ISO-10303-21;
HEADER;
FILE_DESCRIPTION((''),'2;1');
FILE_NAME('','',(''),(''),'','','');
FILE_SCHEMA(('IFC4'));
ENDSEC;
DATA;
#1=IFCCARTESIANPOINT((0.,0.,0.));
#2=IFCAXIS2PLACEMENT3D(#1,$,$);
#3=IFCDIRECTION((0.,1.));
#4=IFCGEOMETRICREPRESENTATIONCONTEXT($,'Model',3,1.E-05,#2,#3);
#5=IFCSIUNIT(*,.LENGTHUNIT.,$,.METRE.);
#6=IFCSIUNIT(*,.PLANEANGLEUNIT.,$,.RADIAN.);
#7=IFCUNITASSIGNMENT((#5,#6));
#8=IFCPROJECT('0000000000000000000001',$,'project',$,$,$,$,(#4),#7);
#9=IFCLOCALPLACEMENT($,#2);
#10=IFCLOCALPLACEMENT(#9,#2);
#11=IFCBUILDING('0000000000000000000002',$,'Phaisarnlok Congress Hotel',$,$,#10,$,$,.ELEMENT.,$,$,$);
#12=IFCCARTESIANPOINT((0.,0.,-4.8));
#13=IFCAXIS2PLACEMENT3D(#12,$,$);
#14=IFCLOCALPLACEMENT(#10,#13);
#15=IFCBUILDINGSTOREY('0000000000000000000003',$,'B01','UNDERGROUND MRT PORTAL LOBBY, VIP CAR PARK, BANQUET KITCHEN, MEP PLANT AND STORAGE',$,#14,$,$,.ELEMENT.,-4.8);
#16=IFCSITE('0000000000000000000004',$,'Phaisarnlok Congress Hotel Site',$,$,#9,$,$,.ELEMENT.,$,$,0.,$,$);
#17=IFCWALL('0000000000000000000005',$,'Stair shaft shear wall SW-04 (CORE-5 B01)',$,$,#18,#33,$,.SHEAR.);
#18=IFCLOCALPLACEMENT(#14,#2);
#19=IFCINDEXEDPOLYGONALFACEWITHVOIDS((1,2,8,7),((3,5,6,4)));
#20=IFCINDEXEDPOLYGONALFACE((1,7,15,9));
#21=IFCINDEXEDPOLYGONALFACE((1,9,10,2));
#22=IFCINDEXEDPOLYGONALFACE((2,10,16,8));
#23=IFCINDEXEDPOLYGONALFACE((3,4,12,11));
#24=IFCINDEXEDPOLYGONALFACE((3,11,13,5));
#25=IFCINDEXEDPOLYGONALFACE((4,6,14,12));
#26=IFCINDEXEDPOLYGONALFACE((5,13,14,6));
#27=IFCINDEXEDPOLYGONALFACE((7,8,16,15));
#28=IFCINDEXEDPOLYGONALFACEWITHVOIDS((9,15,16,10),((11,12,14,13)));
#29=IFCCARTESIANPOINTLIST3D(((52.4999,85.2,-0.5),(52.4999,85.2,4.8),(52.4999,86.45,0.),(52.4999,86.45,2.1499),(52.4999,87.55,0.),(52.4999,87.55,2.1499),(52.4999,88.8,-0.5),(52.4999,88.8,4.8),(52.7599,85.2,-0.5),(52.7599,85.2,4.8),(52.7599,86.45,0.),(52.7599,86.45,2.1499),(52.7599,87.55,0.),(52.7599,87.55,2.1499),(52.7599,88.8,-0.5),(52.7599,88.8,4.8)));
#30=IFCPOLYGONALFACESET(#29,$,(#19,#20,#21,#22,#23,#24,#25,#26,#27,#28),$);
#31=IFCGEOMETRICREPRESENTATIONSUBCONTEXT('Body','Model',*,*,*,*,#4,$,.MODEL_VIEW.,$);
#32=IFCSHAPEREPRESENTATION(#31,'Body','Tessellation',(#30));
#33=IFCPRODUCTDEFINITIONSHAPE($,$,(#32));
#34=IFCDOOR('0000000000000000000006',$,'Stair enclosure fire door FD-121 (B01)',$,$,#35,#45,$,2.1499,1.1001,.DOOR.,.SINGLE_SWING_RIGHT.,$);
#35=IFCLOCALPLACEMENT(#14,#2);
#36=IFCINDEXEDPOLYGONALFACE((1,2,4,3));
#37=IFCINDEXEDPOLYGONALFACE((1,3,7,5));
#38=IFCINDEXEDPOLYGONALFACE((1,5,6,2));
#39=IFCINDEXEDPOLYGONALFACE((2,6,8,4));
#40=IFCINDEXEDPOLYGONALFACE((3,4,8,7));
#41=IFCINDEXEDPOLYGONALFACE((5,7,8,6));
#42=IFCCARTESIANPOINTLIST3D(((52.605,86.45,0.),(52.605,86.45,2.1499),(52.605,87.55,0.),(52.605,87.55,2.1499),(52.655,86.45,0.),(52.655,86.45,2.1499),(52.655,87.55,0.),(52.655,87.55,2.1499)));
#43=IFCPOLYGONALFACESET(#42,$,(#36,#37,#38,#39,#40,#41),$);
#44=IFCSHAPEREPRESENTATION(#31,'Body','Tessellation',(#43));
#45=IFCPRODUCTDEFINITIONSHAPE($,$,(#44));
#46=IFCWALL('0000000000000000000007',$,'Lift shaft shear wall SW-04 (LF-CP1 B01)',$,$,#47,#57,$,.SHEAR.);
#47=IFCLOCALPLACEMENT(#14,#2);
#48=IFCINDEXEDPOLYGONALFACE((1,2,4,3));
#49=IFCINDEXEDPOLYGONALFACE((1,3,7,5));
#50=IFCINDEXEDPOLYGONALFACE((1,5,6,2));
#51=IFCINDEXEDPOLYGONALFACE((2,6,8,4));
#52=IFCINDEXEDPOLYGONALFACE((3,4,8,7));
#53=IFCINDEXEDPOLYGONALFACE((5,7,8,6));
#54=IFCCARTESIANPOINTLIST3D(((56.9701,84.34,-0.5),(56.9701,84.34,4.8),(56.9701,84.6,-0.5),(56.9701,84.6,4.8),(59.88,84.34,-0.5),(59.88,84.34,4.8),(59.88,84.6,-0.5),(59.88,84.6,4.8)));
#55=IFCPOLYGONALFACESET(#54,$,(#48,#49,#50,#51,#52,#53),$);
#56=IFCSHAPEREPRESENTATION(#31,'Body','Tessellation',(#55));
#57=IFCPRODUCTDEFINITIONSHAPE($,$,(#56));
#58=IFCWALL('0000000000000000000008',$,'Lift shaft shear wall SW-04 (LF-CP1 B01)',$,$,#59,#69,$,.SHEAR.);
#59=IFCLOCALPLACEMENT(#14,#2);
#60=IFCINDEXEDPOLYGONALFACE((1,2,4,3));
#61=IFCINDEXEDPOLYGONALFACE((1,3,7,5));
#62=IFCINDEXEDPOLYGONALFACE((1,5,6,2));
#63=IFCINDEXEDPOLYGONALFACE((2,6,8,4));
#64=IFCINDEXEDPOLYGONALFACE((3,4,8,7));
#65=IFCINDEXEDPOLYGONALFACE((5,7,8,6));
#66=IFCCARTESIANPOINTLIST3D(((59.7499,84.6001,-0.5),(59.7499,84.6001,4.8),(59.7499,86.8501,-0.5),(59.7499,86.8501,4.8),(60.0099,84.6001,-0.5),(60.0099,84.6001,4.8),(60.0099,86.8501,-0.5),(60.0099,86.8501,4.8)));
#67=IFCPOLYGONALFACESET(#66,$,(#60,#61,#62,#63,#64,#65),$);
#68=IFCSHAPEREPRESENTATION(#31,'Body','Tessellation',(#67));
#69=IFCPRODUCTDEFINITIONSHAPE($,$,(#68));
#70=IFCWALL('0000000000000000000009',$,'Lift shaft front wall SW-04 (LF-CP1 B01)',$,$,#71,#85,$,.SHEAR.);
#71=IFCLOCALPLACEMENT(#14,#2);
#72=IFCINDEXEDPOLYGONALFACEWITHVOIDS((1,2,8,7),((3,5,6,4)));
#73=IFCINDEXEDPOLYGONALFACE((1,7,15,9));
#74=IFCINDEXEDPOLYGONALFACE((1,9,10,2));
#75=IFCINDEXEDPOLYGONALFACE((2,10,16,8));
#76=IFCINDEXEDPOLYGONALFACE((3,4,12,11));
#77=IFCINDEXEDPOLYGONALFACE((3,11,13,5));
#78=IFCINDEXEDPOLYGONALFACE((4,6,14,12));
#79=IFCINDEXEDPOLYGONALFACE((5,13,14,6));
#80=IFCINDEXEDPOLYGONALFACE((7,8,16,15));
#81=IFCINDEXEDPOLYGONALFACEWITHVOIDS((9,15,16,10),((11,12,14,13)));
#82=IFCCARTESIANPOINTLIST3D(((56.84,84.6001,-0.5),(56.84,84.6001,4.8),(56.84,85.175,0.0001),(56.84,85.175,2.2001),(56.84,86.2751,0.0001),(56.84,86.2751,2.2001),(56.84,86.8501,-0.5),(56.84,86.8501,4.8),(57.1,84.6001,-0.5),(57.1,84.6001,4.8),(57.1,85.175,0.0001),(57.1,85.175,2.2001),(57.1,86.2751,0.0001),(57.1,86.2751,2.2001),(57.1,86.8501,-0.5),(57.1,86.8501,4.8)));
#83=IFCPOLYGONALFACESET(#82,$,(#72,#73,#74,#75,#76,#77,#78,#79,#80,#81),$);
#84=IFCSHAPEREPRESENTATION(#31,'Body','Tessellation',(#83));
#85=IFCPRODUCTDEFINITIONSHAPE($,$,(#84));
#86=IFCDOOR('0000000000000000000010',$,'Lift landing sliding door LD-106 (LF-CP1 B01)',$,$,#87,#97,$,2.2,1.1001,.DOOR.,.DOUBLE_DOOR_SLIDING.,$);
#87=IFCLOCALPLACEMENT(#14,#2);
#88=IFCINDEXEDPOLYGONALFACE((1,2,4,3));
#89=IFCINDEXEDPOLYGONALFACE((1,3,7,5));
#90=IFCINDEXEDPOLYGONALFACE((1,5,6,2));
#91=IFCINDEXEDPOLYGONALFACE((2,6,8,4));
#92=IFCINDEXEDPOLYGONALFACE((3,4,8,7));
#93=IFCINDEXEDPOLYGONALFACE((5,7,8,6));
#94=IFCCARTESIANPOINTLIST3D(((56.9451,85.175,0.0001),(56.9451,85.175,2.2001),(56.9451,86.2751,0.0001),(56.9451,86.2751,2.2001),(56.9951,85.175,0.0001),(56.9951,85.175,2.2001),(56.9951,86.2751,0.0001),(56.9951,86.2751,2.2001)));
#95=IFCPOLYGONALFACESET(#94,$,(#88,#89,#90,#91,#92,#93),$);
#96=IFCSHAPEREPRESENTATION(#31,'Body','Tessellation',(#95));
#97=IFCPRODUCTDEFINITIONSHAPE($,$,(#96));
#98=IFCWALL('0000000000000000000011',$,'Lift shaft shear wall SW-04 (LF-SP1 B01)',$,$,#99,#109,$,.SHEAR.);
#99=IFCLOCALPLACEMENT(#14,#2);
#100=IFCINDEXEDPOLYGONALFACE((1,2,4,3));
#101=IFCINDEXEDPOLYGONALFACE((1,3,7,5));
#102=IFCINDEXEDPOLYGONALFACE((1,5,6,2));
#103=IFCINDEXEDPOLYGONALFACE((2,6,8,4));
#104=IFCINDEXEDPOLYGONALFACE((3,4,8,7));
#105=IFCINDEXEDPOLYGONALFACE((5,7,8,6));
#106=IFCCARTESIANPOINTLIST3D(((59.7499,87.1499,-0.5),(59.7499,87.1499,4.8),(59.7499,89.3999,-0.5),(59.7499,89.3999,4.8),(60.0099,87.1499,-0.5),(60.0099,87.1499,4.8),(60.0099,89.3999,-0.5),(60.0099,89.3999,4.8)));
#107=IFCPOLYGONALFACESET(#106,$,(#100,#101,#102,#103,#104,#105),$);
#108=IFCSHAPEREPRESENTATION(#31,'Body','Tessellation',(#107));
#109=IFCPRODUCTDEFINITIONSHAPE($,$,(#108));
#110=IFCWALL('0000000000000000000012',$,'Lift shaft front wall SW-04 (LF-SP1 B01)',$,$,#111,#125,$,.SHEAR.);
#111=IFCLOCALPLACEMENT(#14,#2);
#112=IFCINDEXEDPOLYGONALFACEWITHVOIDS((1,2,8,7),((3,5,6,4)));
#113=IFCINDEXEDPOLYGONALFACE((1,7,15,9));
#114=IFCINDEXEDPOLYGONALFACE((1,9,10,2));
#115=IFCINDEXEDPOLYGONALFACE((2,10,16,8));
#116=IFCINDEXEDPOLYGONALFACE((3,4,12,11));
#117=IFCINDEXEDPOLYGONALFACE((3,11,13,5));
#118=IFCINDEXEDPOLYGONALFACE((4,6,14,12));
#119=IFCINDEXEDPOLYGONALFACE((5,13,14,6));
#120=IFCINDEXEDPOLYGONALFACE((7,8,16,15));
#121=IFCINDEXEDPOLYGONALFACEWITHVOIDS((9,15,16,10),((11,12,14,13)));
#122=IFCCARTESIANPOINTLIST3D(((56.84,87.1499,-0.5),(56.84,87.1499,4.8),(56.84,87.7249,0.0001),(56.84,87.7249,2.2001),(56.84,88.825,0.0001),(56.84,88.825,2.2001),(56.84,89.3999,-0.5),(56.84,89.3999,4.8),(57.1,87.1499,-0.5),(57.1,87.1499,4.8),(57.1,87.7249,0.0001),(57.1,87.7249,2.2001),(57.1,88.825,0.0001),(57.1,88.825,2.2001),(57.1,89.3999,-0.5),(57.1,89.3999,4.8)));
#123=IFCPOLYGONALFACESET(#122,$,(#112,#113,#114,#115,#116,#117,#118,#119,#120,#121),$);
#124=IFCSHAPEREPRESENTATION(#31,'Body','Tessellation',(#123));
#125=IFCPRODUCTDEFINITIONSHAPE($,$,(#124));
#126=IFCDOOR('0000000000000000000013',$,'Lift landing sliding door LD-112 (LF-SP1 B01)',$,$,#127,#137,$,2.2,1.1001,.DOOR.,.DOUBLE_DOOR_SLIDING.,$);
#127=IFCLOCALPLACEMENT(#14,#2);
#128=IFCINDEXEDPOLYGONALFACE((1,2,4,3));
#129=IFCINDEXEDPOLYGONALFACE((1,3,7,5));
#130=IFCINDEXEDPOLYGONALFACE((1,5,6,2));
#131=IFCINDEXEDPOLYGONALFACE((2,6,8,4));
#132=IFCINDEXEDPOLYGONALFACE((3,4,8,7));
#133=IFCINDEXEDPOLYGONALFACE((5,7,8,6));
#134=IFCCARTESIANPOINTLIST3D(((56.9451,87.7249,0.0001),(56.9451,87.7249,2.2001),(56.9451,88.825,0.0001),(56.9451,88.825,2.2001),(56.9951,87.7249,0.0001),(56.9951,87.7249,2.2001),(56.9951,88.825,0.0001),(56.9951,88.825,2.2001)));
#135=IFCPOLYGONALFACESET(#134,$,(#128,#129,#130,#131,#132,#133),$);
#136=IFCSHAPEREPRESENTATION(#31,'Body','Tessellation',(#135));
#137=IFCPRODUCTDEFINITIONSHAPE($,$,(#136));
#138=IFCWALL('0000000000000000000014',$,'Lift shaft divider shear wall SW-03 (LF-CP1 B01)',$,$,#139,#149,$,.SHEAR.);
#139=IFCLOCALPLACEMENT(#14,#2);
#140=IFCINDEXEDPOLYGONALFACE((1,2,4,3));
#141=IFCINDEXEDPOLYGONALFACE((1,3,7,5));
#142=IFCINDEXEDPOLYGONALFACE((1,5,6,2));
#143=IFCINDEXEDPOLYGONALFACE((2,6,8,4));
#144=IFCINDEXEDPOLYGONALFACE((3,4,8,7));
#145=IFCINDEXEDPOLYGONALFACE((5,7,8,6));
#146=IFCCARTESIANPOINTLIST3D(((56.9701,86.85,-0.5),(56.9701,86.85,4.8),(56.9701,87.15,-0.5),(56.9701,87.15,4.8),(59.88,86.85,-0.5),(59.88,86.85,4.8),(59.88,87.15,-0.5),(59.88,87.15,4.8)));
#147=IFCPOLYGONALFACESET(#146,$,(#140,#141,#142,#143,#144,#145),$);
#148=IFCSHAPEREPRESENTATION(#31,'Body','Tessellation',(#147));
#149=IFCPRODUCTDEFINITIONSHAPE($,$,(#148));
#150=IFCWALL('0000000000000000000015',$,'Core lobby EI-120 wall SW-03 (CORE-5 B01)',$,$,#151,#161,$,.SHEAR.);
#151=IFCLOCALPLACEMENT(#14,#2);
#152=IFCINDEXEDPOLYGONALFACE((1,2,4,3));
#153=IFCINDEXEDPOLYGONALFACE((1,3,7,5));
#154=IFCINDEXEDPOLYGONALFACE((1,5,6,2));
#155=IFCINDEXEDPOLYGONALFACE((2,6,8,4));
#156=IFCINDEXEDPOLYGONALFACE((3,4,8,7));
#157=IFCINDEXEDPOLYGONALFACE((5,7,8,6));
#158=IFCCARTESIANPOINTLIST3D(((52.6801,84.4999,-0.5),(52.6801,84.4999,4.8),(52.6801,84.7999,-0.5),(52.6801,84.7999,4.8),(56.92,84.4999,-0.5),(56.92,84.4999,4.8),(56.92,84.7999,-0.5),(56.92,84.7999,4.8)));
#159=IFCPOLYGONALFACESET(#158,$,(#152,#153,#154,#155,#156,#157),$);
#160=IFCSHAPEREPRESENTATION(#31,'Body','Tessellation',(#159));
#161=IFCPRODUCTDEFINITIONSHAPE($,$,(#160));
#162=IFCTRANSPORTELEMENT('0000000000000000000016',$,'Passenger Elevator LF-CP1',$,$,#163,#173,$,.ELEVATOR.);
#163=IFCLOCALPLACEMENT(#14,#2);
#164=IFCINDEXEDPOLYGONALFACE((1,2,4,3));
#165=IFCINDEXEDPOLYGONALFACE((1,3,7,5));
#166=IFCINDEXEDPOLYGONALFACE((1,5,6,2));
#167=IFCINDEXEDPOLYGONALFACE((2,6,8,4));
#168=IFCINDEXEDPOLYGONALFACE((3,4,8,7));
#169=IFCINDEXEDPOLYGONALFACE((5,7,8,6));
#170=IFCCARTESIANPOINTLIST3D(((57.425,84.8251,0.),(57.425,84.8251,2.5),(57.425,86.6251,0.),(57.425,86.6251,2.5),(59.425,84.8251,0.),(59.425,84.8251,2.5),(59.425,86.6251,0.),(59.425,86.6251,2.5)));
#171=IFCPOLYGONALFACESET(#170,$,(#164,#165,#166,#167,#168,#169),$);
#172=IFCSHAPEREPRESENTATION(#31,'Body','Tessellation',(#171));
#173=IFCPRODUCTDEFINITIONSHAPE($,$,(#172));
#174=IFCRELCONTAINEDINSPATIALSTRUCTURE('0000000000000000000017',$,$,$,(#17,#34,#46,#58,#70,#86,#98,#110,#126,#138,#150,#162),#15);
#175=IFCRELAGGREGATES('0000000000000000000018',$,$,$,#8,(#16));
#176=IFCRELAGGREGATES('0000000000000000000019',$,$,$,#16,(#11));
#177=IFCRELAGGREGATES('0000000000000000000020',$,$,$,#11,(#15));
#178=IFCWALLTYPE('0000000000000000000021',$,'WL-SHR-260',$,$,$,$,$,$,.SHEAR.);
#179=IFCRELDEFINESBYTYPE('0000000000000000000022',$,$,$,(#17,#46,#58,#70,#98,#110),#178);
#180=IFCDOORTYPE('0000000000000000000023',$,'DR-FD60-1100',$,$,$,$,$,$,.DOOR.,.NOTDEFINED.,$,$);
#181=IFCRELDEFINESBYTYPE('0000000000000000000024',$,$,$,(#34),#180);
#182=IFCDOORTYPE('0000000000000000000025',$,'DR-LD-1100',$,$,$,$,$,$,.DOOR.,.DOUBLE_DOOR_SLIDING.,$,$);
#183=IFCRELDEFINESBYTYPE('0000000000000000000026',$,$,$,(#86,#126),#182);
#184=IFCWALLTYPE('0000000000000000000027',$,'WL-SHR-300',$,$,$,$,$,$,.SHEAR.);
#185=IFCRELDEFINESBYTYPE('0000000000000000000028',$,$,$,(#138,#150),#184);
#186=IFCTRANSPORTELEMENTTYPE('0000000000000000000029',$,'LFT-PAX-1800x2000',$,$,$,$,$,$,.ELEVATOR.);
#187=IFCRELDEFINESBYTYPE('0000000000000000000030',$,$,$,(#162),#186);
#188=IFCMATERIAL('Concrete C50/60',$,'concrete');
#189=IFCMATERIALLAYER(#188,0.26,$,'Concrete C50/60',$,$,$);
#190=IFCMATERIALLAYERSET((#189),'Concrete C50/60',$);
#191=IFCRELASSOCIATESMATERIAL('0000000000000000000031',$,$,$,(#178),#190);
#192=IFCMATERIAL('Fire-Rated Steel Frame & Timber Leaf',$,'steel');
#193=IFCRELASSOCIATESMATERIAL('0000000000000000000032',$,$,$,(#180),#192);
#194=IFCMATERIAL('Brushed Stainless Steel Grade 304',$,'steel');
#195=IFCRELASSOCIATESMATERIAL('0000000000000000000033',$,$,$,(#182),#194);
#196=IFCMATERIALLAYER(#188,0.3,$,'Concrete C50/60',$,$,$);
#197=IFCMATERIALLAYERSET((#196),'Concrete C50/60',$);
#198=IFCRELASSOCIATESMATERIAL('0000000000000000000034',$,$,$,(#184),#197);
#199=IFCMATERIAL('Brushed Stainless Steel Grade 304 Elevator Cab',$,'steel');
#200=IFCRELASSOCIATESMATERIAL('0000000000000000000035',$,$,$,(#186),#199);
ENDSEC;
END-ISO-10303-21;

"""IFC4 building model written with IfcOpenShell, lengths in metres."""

from ifc_helpers import new_model, si_unit, direction, frame, frame_2d, origin, origin_2d, place, context, subcontext, project, spatial, rectangle, extrude, material, layer, layer_set, type_object, element, fill, save


model = new_model("IFC4")

# Units and contexts
model_context = context("Model", 3, precision=1e-05, world=origin(), true_north=direction((0.0, 1.0)))
body_context = subcontext(model_context, "Body", "Model", "MODEL_VIEW")
ifc_project = project(units=[si_unit("LENGTHUNIT", "METRE"), si_unit("PLANEANGLEUNIT", "RADIAN")], contexts=[model_context])

# Site, building, storey
site_placement = place(None, origin())
site = spatial("IfcSite", under=ifc_project, at=site_placement, Name="Phaisarnlok Congress Hotel Site", CompositionType="ELEMENT", RefElevation=0.0)
building_placement = place(site_placement, origin())
building = spatial("IfcBuilding", under=site, at=building_placement, Name="Phaisarnlok Congress Hotel", CompositionType="ELEMENT")
storey_placement = place(building_placement, frame((0.0, 0.0, -4.8)))
storey = spatial("IfcBuildingStorey", under=building, at=storey_placement, Name="B01", Description="UNDERGROUND MRT PORTAL LOBBY, VIP CAR PARK, BANQUET KITCHEN, MEP PLANT AND STORAGE", CompositionType="ELEMENT", Elevation=-4.8)

# Shared definitions
ifc_material_1 = material(Name="Concrete C50/60", Category="concrete")

# Wall, opening, door
ifc_layer_1 = layer(ifc_material_1, 0.26, Name="Concrete C50/60")
ifc_layer_set_1 = layer_set([ifc_layer_1], Name="Concrete C50/60")
wall_type_1 = type_object("IfcWallType", Name="WL-SHR-260", PredefinedType="SHEAR", material=ifc_layer_set_1)
wall_1_placement = place(storey_placement, frame((52.6299, 85.2, -0.5), z_axis=(0.0, 0.0, 1.0), x_axis=(0.0, 1.0, 0.0)))
wall_1 = element("IfcWall", 1, at=wall_1_placement, inside=storey, type_object=wall_type_1, Name="Stair shaft shear wall SW-04 (CORE-5 B01)", PredefinedType="SHEAR", context=body_context, shape_type="SweptSolid", body=[
    extrude(rectangle(XDim=3.6001, YDim=0.26, at=frame_2d((1.8, 0.0))), origin(), (0.0, 0.0, 1.0), 5.3),
])
opening_1_placement = place(wall_1_placement, frame((1.25, 0.0, 0.5)))
opening_1 = element("IfcOpeningElement", 2, at=opening_1_placement, cuts=wall_1, PredefinedType="OPENING", context=body_context, shape_type="SweptSolid", body=[
    extrude(rectangle(XDim=1.1001, YDim=2.1499, at=frame_2d((0.55, 1.075))), frame((0.0, 0.1401, 0.0), z_axis=(0.0, -1.0, 0.0), x_axis=(1.0, 0.0, 0.0)), (0.0, 0.0, 1.0), 0.28),
])
ifc_material_2 = material(Name="Fire-Rated Steel Frame & Timber Leaf", Category="steel")
door_type_1 = type_object("IfcDoorType", Name="DR-FD60-1100", OperationType="NOTDEFINED", PredefinedType="DOOR", material=ifc_material_2)
door_1_placement = place(opening_1_placement, origin())
door_1 = element("IfcDoor", 3, at=door_1_placement, inside=storey, type_object=door_type_1, Name="Stair enclosure fire door FD-121 (B01)", OperationType="SINGLE_SWING_RIGHT", OverallHeight=2.1499, OverallWidth=1.1001, PredefinedType="DOOR", context=body_context, shape_type="SweptSolid", body=[
    extrude(rectangle(XDim=1.1001, YDim=2.1499, at=frame_2d((0.55, 1.075))), frame((0.0, 0.0249, 0.0), z_axis=(0.0, -1.0, 0.0), x_axis=(1.0, 0.0, 0.0)), (0.0, 0.0, 1.0), 0.05),
])
fill(opening_1, door_1)

# Walls
wall_2_placement = place(storey_placement, frame((56.97, 84.47, -0.5), z_axis=(0.0, 0.0, 1.0), x_axis=(1.0, 0.0, 0.0)))
element("IfcWall", 4, at=wall_2_placement, inside=storey, type_object=wall_type_1, Name="Lift shaft shear wall SW-04 (LF-CP1 B01)", PredefinedType="SHEAR", context=body_context, shape_type="SweptSolid", body=[
    extrude(rectangle(XDim=2.9099, YDim=0.26, at=frame_2d((1.4551, 0.0))), origin(), (0.0, 0.0, 1.0), 5.3),
])
wall_3_placement = place(storey_placement, frame((59.8799, 84.6001, -0.5), z_axis=(0.0, 0.0, 1.0), x_axis=(0.0, 1.0, 0.0)))
element("IfcWall", 5, at=wall_3_placement, inside=storey, type_object=wall_type_1, Name="Lift shaft shear wall SW-04 (LF-CP1 B01)", PredefinedType="SHEAR", context=body_context, shape_type="SweptSolid", body=[
    extrude(rectangle(XDim=2.25, YDim=0.26, at=frame_2d((1.125, 0.0))), origin(), (0.0, 0.0, 1.0), 5.3),
])

# Wall, opening, door
wall_4_placement = place(storey_placement, frame((56.97, 84.6001, -0.5), z_axis=(0.0, 0.0, 1.0), x_axis=(0.0, 1.0, 0.0)))
wall_4 = element("IfcWall", 6, at=wall_4_placement, inside=storey, type_object=wall_type_1, Name="Lift shaft front wall SW-04 (LF-CP1 B01)", PredefinedType="SHEAR", context=body_context, shape_type="SweptSolid", body=[
    extrude(rectangle(XDim=2.25, YDim=0.26, at=frame_2d((1.125, 0.0))), origin(), (0.0, 0.0, 1.0), 5.3),
])
opening_2_placement = place(wall_4_placement, frame((0.575, 0.0, 0.5)))
opening_2 = element("IfcOpeningElement", 7, at=opening_2_placement, cuts=wall_4, PredefinedType="OPENING", context=body_context, shape_type="SweptSolid", body=[
    extrude(rectangle(XDim=1.1001, YDim=2.2, at=frame_2d((0.55, 1.1001))), frame((0.0, 0.1401, 0.0), z_axis=(0.0, -1.0, 0.0), x_axis=(1.0, 0.0, 0.0)), (0.0, 0.0, 1.0), 0.28),
])
ifc_material_3 = material(Name="Brushed Stainless Steel Grade 304", Category="steel")
door_type_2 = type_object("IfcDoorType", Name="DR-LD-1100", OperationType="DOUBLE_DOOR_SLIDING", PredefinedType="DOOR", material=ifc_material_3)
door_2_placement = place(opening_2_placement, origin())
door_2 = element("IfcDoor", 8, at=door_2_placement, inside=storey, type_object=door_type_2, Name="Lift landing sliding door LD-106 (LF-CP1 B01)", OperationType="DOUBLE_DOOR_SLIDING", OverallHeight=2.2, OverallWidth=1.1001, PredefinedType="DOOR", context=body_context, shape_type="SweptSolid", body=[
    extrude(rectangle(XDim=1.1001, YDim=2.2, at=frame_2d((0.55, 1.1001))), frame((0.0, 0.0249, 0.0), z_axis=(0.0, -1.0, 0.0), x_axis=(1.0, 0.0, 0.0)), (0.0, 0.0, 1.0), 0.05),
])
fill(opening_2, door_2)

# Wall
wall_5_placement = place(storey_placement, frame((59.8799, 87.1499, -0.5), z_axis=(0.0, 0.0, 1.0), x_axis=(0.0, 1.0, 0.0)))
element("IfcWall", 9, at=wall_5_placement, inside=storey, type_object=wall_type_1, Name="Lift shaft shear wall SW-04 (LF-SP1 B01)", PredefinedType="SHEAR", context=body_context, shape_type="SweptSolid", body=[
    extrude(rectangle(XDim=2.25, YDim=0.26, at=frame_2d((1.125, 0.0))), origin(), (0.0, 0.0, 1.0), 5.3),
])

# Wall, opening, door
wall_6_placement = place(storey_placement, frame((56.97, 87.1499, -0.5), z_axis=(0.0, 0.0, 1.0), x_axis=(0.0, 1.0, 0.0)))
wall_6 = element("IfcWall", 10, at=wall_6_placement, inside=storey, type_object=wall_type_1, Name="Lift shaft front wall SW-04 (LF-SP1 B01)", PredefinedType="SHEAR", context=body_context, shape_type="SweptSolid", body=[
    extrude(rectangle(XDim=2.25, YDim=0.26, at=frame_2d((1.125, 0.0))), origin(), (0.0, 0.0, 1.0), 5.3),
])
opening_3_placement = place(wall_6_placement, frame((0.575, 0.0, 0.5)))
opening_3 = element("IfcOpeningElement", 11, at=opening_3_placement, cuts=wall_6, PredefinedType="OPENING", context=body_context, shape_type="SweptSolid", body=[
    extrude(rectangle(XDim=1.1001, YDim=2.2, at=frame_2d((0.55, 1.1001))), frame((0.0, 0.1401, 0.0), z_axis=(0.0, -1.0, 0.0), x_axis=(1.0, 0.0, 0.0)), (0.0, 0.0, 1.0), 0.28),
])
door_3_placement = place(opening_3_placement, origin())
door_3 = element("IfcDoor", 12, at=door_3_placement, inside=storey, type_object=door_type_2, Name="Lift landing sliding door LD-112 (LF-SP1 B01)", OperationType="DOUBLE_DOOR_SLIDING", OverallHeight=2.2, OverallWidth=1.1001, PredefinedType="DOOR", context=body_context, shape_type="SweptSolid", body=[
    extrude(rectangle(XDim=1.1001, YDim=2.2, at=frame_2d((0.55, 1.1001))), frame((0.0, 0.0249, 0.0), z_axis=(0.0, -1.0, 0.0), x_axis=(1.0, 0.0, 0.0)), (0.0, 0.0, 1.0), 0.05),
])
fill(opening_3, door_3)

# Walls
ifc_layer_2 = layer(ifc_material_1, 0.3, Name="Concrete C50/60")
ifc_layer_set_2 = layer_set([ifc_layer_2], Name="Concrete C50/60")
wall_type_2 = type_object("IfcWallType", Name="WL-SHR-300", PredefinedType="SHEAR", material=ifc_layer_set_2)
wall_7_placement = place(storey_placement, frame((56.97, 87.0, -0.5), z_axis=(0.0, 0.0, 1.0), x_axis=(1.0, 0.0, 0.0)))
element("IfcWall", 13, at=wall_7_placement, inside=storey, type_object=wall_type_2, Name="Lift shaft divider shear wall SW-03 (LF-CP1 B01)", PredefinedType="SHEAR", context=body_context, shape_type="SweptSolid", body=[
    extrude(rectangle(XDim=2.9099, YDim=0.3, at=frame_2d((1.4551, 0.0))), origin(), (0.0, 0.0, 1.0), 5.3),
])
wall_8_placement = place(storey_placement, frame((52.6799, 84.6499, -0.5), z_axis=(0.0, 0.0, 1.0), x_axis=(1.0, 0.0, 0.0)))
element("IfcWall", 14, at=wall_8_placement, inside=storey, type_object=wall_type_2, Name="Core lobby EI-120 wall SW-03 (CORE-5 B01)", PredefinedType="SHEAR", context=body_context, shape_type="SweptSolid", body=[
    extrude(rectangle(XDim=4.24, YDim=0.3, at=frame_2d((2.1201, 0.0))), origin(), (0.0, 0.0, 1.0), 5.3),
])

# Transport element
ifc_material_4 = material(Name="Brushed Stainless Steel Grade 304 Elevator Cab", Category="steel")
transport_element_type = type_object("IfcTransportElementType", Name="LFT-PAX-1800x2000", PredefinedType="ELEVATOR", material=ifc_material_4)
for number, where, z_axis, x_axis, name in (
    (15, (58.425, 85.7251, 0.0), (0.0, 0.0, 1.0), (1.0, 0.0, 0.0), "Passenger Elevator LF-CP1"),
):
    element("IfcTransportElement", number, at=place(storey_placement, frame(where, z_axis=z_axis, x_axis=x_axis)), inside=storey, type_object=transport_element_type, Name=name, PredefinedType="ELEVATOR", context=body_context, shape_type="SweptSolid", body=[
        extrude(rectangle(XDim=2.0, YDim=1.8, at=origin_2d()), origin(), (0.0, 0.0, 1.0), 2.5),
    ])

save(model, "model.ifc")
